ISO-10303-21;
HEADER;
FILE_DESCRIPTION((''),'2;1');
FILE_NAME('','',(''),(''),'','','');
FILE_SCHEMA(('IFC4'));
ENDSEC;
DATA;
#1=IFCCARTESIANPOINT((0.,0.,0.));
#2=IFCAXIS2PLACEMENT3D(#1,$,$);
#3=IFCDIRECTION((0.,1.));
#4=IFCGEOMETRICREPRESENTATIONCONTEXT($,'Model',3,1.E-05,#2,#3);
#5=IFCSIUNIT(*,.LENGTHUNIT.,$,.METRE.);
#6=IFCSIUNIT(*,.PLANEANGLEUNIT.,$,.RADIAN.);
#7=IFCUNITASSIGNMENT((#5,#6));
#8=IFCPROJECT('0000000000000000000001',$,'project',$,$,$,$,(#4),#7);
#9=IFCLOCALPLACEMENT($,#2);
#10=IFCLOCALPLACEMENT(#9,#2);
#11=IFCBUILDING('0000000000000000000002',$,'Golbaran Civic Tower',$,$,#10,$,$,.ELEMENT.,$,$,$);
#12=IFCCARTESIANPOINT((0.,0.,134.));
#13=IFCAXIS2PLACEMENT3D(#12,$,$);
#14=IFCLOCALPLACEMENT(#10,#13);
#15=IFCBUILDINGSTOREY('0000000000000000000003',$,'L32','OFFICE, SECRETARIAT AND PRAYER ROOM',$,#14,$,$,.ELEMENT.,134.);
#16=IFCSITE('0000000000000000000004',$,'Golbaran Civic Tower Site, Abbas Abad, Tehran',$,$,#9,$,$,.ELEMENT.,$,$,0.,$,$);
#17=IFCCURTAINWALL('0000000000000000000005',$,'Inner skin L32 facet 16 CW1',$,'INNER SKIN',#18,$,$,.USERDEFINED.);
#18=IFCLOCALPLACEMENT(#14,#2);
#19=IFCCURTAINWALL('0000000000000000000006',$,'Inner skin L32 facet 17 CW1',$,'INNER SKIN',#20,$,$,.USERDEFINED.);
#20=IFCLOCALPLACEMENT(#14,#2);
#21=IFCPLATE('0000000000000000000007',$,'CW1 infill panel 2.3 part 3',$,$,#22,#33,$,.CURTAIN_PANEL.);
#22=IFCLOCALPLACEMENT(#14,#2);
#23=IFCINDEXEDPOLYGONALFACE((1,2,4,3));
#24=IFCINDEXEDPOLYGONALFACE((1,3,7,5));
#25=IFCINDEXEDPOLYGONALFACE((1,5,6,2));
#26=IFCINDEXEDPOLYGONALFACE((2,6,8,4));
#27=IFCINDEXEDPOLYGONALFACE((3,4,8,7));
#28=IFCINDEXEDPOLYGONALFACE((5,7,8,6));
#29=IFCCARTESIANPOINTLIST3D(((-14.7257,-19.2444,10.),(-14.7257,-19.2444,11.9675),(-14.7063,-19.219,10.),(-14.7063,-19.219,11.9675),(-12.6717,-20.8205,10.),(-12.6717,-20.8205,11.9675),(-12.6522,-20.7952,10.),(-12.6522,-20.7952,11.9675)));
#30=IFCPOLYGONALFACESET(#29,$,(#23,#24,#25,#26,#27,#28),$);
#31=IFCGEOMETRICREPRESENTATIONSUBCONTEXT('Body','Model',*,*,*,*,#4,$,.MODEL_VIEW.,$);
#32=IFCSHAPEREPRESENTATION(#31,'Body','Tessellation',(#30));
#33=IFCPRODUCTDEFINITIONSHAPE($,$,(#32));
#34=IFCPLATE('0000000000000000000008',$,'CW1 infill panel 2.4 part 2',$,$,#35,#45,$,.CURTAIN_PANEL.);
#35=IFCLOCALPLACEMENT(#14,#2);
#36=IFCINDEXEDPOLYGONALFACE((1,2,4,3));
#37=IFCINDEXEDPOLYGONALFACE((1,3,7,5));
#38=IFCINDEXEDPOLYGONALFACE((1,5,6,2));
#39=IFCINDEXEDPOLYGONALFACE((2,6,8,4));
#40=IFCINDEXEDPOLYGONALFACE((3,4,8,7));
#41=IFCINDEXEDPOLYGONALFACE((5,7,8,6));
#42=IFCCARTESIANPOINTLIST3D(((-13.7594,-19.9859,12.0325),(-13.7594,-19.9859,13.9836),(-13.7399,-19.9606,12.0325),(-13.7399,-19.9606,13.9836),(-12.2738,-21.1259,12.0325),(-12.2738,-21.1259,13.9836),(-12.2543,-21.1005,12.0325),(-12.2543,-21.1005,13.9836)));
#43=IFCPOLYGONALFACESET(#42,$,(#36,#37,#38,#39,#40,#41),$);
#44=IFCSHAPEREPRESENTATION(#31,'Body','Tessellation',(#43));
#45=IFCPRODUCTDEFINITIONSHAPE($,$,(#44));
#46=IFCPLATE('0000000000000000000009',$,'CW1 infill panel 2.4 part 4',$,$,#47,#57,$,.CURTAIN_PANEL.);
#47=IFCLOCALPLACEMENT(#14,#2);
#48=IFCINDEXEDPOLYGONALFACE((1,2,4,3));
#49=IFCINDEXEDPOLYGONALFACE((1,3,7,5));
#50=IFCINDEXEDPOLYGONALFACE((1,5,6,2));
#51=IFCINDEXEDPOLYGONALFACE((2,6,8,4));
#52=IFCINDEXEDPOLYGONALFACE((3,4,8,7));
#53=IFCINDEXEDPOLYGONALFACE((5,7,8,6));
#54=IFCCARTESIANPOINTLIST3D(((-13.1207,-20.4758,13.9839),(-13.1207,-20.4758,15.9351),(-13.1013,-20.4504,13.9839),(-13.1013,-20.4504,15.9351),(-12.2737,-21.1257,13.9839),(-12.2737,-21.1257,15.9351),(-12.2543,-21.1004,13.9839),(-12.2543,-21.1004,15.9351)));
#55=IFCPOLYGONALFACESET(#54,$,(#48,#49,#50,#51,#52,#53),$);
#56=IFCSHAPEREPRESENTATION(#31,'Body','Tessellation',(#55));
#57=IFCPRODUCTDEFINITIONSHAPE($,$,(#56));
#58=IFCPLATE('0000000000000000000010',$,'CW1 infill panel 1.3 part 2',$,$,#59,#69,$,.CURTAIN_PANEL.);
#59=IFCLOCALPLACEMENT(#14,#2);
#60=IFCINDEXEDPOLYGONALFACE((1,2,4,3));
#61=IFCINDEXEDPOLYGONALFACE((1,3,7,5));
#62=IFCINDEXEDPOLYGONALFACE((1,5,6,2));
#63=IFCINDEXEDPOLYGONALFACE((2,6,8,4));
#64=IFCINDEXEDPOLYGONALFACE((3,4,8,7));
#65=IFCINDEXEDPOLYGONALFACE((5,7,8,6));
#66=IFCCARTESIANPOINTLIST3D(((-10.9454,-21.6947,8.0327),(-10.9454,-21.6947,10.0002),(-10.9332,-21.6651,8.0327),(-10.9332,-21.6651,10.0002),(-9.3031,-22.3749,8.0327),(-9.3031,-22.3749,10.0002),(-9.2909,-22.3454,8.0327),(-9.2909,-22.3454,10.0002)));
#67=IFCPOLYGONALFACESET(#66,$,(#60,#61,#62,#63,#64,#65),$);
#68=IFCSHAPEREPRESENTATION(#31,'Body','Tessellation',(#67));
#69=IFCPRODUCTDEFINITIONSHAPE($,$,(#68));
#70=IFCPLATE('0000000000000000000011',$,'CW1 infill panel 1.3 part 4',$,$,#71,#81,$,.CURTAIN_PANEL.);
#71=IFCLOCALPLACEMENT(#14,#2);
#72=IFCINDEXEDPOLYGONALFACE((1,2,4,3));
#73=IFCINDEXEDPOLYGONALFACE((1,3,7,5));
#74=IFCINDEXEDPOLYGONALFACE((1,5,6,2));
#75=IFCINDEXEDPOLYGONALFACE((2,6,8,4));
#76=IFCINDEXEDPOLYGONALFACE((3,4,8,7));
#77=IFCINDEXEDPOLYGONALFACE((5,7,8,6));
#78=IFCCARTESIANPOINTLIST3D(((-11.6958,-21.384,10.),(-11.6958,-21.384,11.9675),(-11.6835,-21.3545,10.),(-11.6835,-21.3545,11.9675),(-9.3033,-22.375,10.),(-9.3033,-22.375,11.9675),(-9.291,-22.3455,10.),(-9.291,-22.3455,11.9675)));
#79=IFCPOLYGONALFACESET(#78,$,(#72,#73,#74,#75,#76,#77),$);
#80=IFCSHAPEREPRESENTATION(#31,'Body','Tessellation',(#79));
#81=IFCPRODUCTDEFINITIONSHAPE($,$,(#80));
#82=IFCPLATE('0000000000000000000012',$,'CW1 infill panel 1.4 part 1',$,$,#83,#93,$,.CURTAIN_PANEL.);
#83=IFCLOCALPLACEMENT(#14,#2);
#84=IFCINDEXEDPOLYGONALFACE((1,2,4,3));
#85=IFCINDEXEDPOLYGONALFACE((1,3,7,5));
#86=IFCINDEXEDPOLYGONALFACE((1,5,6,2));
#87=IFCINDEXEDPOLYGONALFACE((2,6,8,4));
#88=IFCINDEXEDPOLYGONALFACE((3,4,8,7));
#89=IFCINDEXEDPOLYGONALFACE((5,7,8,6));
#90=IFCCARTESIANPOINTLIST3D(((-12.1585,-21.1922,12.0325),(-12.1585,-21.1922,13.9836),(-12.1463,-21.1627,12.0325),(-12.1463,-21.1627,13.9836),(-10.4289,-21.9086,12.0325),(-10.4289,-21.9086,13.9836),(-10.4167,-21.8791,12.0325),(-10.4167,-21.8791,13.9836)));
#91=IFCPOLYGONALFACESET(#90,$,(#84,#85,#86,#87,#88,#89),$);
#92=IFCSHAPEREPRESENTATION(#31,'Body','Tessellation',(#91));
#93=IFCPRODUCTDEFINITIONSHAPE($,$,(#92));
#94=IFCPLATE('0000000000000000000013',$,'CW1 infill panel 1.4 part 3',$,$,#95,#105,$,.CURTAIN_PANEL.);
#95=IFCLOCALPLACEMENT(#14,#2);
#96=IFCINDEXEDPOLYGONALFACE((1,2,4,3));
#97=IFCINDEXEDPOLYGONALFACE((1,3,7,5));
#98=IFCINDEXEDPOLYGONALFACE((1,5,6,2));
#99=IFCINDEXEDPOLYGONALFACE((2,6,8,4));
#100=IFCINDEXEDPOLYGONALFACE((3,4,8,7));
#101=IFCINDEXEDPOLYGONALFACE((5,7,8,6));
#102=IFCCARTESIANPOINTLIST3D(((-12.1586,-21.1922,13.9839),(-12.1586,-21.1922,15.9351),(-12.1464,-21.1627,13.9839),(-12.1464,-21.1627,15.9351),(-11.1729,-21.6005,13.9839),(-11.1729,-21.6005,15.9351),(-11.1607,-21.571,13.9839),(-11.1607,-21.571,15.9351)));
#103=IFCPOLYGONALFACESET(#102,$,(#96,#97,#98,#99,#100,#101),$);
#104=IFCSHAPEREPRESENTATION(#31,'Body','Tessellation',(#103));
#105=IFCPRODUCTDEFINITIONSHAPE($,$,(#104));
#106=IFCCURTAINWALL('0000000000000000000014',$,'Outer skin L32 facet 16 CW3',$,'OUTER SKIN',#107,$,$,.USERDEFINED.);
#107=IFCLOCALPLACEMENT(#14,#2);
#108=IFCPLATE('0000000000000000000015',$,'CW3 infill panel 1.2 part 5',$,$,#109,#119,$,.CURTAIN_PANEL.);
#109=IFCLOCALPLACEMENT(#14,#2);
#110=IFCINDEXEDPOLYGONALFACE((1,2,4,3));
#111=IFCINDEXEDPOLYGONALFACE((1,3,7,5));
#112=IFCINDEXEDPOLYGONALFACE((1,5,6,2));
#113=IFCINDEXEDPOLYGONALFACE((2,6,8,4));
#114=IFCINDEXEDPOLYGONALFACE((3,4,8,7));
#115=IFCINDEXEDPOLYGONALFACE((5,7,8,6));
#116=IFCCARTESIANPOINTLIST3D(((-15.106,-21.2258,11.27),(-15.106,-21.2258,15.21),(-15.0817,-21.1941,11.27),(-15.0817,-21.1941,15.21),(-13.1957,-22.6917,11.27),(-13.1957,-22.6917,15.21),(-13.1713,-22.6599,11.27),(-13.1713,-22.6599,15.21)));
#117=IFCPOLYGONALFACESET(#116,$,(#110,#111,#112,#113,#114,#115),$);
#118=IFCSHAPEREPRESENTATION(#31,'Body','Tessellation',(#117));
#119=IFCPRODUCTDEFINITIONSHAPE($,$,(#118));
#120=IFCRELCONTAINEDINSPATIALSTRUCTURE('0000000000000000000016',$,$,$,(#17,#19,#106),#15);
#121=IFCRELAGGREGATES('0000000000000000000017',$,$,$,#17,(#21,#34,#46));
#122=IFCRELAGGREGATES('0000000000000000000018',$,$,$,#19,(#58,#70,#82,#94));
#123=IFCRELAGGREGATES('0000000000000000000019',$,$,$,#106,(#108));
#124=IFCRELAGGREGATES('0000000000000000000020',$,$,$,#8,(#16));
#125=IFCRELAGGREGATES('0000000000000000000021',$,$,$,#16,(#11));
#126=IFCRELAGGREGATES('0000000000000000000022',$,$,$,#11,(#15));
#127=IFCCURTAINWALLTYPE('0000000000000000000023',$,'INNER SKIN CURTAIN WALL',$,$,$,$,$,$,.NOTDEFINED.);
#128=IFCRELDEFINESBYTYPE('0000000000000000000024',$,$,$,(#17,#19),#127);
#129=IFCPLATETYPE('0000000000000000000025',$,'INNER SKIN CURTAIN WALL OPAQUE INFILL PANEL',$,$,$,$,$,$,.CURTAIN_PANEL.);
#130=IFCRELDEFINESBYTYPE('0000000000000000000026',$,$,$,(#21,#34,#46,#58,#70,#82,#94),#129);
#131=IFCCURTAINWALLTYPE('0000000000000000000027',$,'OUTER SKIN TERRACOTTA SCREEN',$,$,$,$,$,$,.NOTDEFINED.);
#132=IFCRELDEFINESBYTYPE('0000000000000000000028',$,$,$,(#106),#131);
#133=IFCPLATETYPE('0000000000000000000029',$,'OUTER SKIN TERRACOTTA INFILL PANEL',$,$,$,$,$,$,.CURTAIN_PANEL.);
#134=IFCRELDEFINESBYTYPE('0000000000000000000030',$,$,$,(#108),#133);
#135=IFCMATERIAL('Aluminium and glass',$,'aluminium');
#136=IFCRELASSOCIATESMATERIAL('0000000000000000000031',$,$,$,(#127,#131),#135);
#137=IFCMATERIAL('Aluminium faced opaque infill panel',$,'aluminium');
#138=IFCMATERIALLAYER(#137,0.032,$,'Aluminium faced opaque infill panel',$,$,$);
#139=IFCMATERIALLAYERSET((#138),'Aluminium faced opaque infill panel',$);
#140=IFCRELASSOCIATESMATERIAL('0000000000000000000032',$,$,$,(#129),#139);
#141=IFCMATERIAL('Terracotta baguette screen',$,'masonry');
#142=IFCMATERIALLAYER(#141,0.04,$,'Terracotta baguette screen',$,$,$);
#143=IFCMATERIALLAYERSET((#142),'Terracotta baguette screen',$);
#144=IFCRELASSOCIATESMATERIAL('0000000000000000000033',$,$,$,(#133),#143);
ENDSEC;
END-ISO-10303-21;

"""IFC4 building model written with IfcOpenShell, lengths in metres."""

from ifc_helpers import new_model, si_unit, direction, frame, origin, origin_2d, place, context, subcontext, project, spatial, rectangle, extrude, material, layer, layer_set, type_object, element, aggregate, save


model = new_model("IFC4")

# Units and contexts
model_context = context("Model", 3, precision=1e-05, world=origin(), true_north=direction((0.0, 1.0)))
body_context = subcontext(model_context, "Body", "Model", "MODEL_VIEW")
ifc_project = project(units=[si_unit("LENGTHUNIT", "METRE"), si_unit("PLANEANGLEUNIT", "RADIAN")], contexts=[model_context])

# Site, building, storey
site_placement = place(None, origin())
site = spatial("IfcSite", under=ifc_project, at=site_placement, Name="Golbaran Civic Tower Site, Abbas Abad, Tehran", CompositionType="ELEMENT", RefElevation=0.0)
building_placement = place(site_placement, origin())
building = spatial("IfcBuilding", under=site, at=building_placement, Name="Golbaran Civic Tower", CompositionType="ELEMENT")
storey_placement = place(building_placement, frame((0.0, 0.0, 134.0)))
storey = spatial("IfcBuildingStorey", under=building, at=storey_placement, Name="L32", Description="OFFICE, SECRETARIAT AND PRAYER ROOM", CompositionType="ELEMENT", Elevation=134.0)

# Curtain walls
ifc_material_1 = material(Name="Aluminium and glass", Category="aluminium")
curtain_wall_type_1 = type_object("IfcCurtainWallType", Name="INNER SKIN CURTAIN WALL", PredefinedType="NOTDEFINED", material=ifc_material_1)
curtain_wall_1_placement = place(storey_placement, origin())
curtain_wall_1 = element("IfcCurtainWall", 1, at=curtain_wall_1_placement, inside=storey, type_object=curtain_wall_type_1, Name="Inner skin L32 facet 16 CW1", ObjectType="INNER SKIN", PredefinedType="USERDEFINED")
curtain_wall_2_placement = place(storey_placement, origin())
curtain_wall_2 = element("IfcCurtainWall", 2, at=curtain_wall_2_placement, inside=storey, type_object=curtain_wall_type_1, Name="Inner skin L32 facet 17 CW1", ObjectType="INNER SKIN", PredefinedType="USERDEFINED")

# Plates
ifc_material_2 = material(Name="Aluminium faced opaque infill panel", Category="aluminium")
ifc_layer_1 = layer(ifc_material_2, 0.032, Name="Aluminium faced opaque infill panel")
ifc_layer_set_1 = layer_set([ifc_layer_1], Name="Aluminium faced opaque infill panel")
plate_type_1 = type_object("IfcPlateType", Name="INNER SKIN CURTAIN WALL OPAQUE INFILL PANEL", PredefinedType="CURTAIN_PANEL", material=ifc_layer_set_1)
plate_1_placement = place(storey_placement, frame((-13.689, -20.0198, 10.0), z_axis=(0.0, 0.0, 1.0), x_axis=(0.793353, -0.608761, 0.0)))
plate_1 = element("IfcPlate", 3, at=plate_1_placement, type_object=plate_type_1, Name="CW1 infill panel 2.3 part 3", PredefinedType="CURTAIN_PANEL", context=body_context, shape_type="SweptSolid", body=[
    extrude(rectangle(XDim=2.5891, YDim=0.032, at=origin_2d()), origin(), (0.0, 0.0, 1.0), 1.9675),
])
plate_2_placement = place(storey_placement, frame((-13.0068, -20.5432, 12.0325), z_axis=(0.0, 0.0, 1.0), x_axis=(0.793353, -0.608761, 0.0)))
plate_2 = element("IfcPlate", 4, at=plate_2_placement, type_object=plate_type_1, Name="CW1 infill panel 2.4 part 2", PredefinedType="CURTAIN_PANEL", context=body_context, shape_type="SweptSolid", body=[
    extrude(rectangle(XDim=1.8726, YDim=0.032, at=origin_2d()), origin(), (0.0, 0.0, 1.0), 1.9512),
])
plate_3_placement = place(storey_placement, frame((-12.6875, -20.7881, 13.9839), z_axis=(0.0, 0.0, 1.0), x_axis=(0.793353, -0.608761, 0.0)))
plate_3 = element("IfcPlate", 5, at=plate_3_placement, type_object=plate_type_1, Name="CW1 infill panel 2.4 part 4", PredefinedType="CURTAIN_PANEL", context=body_context, shape_type="SweptSolid", body=[
    extrude(rectangle(XDim=1.0676, YDim=0.032, at=origin_2d()), origin(), (0.0, 0.0, 1.0), 1.9512),
])
aggregate(curtain_wall_1, [plate_1, plate_2, plate_3])
plate_4_placement = place(storey_placement, frame((-10.1182, -22.02, 8.0327), z_axis=(0.0, 0.0, 1.0), x_axis=(0.92388, -0.382683, 0.0)))
plate_4 = element("IfcPlate", 6, at=plate_4_placement, type_object=plate_type_1, Name="CW1 infill panel 1.3 part 2", PredefinedType="CURTAIN_PANEL", context=body_context, shape_type="SweptSolid", body=[
    extrude(rectangle(XDim=1.7776, YDim=0.032, at=origin_2d()), origin(), (0.0, 0.0, 1.0), 1.9675),
])
plate_5_placement = place(storey_placement, frame((-10.4934, -21.8647, 10.0), z_axis=(0.0, 0.0, 1.0), x_axis=(0.92388, -0.382683, 0.0)))
plate_5 = element("IfcPlate", 7, at=plate_5_placement, type_object=plate_type_1, Name="CW1 infill panel 1.3 part 4", PredefinedType="CURTAIN_PANEL", context=body_context, shape_type="SweptSolid", body=[
    extrude(rectangle(XDim=2.5896, YDim=0.032, at=origin_2d()), origin(), (0.0, 0.0, 1.0), 1.9675),
])
plate_6_placement = place(storey_placement, frame((-11.2876, -21.5356, 12.0325), z_axis=(0.0, 0.0, 1.0), x_axis=(0.92388, -0.382683, 0.0)))
plate_6 = element("IfcPlate", 8, at=plate_6_placement, type_object=plate_type_1, Name="CW1 infill panel 1.4 part 1", PredefinedType="CURTAIN_PANEL", context=body_context, shape_type="SweptSolid", body=[
    extrude(rectangle(XDim=1.8721, YDim=0.032, at=origin_2d()), origin(), (0.0, 0.0, 1.0), 1.9512),
])
plate_7_placement = place(storey_placement, frame((-11.6597, -21.3816, 13.9839), z_axis=(0.0, 0.0, 1.0), x_axis=(0.92388, -0.382683, 0.0)))
plate_7 = element("IfcPlate", 9, at=plate_7_placement, type_object=plate_type_1, Name="CW1 infill panel 1.4 part 3", PredefinedType="CURTAIN_PANEL", context=body_context, shape_type="SweptSolid", body=[
    extrude(rectangle(XDim=1.0669, YDim=0.032, at=origin_2d()), origin(), (0.0, 0.0, 1.0), 1.9512),
])
aggregate(curtain_wall_2, [plate_4, plate_5, plate_6, plate_7])

# Curtain wall, plate
curtain_wall_type_2 = type_object("IfcCurtainWallType", Name="OUTER SKIN TERRACOTTA SCREEN", PredefinedType="NOTDEFINED", material=ifc_material_1)
curtain_wall_3_placement = place(storey_placement, origin())
curtain_wall_3 = element("IfcCurtainWall", 10, at=curtain_wall_3_placement, inside=storey, type_object=curtain_wall_type_2, Name="Outer skin L32 facet 16 CW3", ObjectType="OUTER SKIN", PredefinedType="USERDEFINED")
ifc_material_3 = material(Name="Terracotta baguette screen", Category="masonry")
ifc_layer_2 = layer(ifc_material_3, 0.04, Name="Terracotta baguette screen")
ifc_layer_set_2 = layer_set([ifc_layer_2], Name="Terracotta baguette screen")
plate_type_2 = type_object("IfcPlateType", Name="OUTER SKIN TERRACOTTA INFILL PANEL", PredefinedType="CURTAIN_PANEL", material=ifc_layer_set_2)
plate_8_placement = place(storey_placement, frame((-14.1387, -21.9429, 11.27), z_axis=(0.0, 0.0, 1.0), x_axis=(0.793353, -0.608761, 0.0)))
plate_8 = element("IfcPlate", 11, at=plate_8_placement, type_object=plate_type_2, Name="CW3 infill panel 1.2 part 5", PredefinedType="CURTAIN_PANEL", context=body_context, shape_type="SweptSolid", body=[
    extrude(rectangle(XDim=2.408, YDim=0.04, at=origin_2d()), origin(), (0.0, 0.0, 1.0), 3.9399),
])
aggregate(curtain_wall_3, [plate_8])

save(model, "model.ifc")
